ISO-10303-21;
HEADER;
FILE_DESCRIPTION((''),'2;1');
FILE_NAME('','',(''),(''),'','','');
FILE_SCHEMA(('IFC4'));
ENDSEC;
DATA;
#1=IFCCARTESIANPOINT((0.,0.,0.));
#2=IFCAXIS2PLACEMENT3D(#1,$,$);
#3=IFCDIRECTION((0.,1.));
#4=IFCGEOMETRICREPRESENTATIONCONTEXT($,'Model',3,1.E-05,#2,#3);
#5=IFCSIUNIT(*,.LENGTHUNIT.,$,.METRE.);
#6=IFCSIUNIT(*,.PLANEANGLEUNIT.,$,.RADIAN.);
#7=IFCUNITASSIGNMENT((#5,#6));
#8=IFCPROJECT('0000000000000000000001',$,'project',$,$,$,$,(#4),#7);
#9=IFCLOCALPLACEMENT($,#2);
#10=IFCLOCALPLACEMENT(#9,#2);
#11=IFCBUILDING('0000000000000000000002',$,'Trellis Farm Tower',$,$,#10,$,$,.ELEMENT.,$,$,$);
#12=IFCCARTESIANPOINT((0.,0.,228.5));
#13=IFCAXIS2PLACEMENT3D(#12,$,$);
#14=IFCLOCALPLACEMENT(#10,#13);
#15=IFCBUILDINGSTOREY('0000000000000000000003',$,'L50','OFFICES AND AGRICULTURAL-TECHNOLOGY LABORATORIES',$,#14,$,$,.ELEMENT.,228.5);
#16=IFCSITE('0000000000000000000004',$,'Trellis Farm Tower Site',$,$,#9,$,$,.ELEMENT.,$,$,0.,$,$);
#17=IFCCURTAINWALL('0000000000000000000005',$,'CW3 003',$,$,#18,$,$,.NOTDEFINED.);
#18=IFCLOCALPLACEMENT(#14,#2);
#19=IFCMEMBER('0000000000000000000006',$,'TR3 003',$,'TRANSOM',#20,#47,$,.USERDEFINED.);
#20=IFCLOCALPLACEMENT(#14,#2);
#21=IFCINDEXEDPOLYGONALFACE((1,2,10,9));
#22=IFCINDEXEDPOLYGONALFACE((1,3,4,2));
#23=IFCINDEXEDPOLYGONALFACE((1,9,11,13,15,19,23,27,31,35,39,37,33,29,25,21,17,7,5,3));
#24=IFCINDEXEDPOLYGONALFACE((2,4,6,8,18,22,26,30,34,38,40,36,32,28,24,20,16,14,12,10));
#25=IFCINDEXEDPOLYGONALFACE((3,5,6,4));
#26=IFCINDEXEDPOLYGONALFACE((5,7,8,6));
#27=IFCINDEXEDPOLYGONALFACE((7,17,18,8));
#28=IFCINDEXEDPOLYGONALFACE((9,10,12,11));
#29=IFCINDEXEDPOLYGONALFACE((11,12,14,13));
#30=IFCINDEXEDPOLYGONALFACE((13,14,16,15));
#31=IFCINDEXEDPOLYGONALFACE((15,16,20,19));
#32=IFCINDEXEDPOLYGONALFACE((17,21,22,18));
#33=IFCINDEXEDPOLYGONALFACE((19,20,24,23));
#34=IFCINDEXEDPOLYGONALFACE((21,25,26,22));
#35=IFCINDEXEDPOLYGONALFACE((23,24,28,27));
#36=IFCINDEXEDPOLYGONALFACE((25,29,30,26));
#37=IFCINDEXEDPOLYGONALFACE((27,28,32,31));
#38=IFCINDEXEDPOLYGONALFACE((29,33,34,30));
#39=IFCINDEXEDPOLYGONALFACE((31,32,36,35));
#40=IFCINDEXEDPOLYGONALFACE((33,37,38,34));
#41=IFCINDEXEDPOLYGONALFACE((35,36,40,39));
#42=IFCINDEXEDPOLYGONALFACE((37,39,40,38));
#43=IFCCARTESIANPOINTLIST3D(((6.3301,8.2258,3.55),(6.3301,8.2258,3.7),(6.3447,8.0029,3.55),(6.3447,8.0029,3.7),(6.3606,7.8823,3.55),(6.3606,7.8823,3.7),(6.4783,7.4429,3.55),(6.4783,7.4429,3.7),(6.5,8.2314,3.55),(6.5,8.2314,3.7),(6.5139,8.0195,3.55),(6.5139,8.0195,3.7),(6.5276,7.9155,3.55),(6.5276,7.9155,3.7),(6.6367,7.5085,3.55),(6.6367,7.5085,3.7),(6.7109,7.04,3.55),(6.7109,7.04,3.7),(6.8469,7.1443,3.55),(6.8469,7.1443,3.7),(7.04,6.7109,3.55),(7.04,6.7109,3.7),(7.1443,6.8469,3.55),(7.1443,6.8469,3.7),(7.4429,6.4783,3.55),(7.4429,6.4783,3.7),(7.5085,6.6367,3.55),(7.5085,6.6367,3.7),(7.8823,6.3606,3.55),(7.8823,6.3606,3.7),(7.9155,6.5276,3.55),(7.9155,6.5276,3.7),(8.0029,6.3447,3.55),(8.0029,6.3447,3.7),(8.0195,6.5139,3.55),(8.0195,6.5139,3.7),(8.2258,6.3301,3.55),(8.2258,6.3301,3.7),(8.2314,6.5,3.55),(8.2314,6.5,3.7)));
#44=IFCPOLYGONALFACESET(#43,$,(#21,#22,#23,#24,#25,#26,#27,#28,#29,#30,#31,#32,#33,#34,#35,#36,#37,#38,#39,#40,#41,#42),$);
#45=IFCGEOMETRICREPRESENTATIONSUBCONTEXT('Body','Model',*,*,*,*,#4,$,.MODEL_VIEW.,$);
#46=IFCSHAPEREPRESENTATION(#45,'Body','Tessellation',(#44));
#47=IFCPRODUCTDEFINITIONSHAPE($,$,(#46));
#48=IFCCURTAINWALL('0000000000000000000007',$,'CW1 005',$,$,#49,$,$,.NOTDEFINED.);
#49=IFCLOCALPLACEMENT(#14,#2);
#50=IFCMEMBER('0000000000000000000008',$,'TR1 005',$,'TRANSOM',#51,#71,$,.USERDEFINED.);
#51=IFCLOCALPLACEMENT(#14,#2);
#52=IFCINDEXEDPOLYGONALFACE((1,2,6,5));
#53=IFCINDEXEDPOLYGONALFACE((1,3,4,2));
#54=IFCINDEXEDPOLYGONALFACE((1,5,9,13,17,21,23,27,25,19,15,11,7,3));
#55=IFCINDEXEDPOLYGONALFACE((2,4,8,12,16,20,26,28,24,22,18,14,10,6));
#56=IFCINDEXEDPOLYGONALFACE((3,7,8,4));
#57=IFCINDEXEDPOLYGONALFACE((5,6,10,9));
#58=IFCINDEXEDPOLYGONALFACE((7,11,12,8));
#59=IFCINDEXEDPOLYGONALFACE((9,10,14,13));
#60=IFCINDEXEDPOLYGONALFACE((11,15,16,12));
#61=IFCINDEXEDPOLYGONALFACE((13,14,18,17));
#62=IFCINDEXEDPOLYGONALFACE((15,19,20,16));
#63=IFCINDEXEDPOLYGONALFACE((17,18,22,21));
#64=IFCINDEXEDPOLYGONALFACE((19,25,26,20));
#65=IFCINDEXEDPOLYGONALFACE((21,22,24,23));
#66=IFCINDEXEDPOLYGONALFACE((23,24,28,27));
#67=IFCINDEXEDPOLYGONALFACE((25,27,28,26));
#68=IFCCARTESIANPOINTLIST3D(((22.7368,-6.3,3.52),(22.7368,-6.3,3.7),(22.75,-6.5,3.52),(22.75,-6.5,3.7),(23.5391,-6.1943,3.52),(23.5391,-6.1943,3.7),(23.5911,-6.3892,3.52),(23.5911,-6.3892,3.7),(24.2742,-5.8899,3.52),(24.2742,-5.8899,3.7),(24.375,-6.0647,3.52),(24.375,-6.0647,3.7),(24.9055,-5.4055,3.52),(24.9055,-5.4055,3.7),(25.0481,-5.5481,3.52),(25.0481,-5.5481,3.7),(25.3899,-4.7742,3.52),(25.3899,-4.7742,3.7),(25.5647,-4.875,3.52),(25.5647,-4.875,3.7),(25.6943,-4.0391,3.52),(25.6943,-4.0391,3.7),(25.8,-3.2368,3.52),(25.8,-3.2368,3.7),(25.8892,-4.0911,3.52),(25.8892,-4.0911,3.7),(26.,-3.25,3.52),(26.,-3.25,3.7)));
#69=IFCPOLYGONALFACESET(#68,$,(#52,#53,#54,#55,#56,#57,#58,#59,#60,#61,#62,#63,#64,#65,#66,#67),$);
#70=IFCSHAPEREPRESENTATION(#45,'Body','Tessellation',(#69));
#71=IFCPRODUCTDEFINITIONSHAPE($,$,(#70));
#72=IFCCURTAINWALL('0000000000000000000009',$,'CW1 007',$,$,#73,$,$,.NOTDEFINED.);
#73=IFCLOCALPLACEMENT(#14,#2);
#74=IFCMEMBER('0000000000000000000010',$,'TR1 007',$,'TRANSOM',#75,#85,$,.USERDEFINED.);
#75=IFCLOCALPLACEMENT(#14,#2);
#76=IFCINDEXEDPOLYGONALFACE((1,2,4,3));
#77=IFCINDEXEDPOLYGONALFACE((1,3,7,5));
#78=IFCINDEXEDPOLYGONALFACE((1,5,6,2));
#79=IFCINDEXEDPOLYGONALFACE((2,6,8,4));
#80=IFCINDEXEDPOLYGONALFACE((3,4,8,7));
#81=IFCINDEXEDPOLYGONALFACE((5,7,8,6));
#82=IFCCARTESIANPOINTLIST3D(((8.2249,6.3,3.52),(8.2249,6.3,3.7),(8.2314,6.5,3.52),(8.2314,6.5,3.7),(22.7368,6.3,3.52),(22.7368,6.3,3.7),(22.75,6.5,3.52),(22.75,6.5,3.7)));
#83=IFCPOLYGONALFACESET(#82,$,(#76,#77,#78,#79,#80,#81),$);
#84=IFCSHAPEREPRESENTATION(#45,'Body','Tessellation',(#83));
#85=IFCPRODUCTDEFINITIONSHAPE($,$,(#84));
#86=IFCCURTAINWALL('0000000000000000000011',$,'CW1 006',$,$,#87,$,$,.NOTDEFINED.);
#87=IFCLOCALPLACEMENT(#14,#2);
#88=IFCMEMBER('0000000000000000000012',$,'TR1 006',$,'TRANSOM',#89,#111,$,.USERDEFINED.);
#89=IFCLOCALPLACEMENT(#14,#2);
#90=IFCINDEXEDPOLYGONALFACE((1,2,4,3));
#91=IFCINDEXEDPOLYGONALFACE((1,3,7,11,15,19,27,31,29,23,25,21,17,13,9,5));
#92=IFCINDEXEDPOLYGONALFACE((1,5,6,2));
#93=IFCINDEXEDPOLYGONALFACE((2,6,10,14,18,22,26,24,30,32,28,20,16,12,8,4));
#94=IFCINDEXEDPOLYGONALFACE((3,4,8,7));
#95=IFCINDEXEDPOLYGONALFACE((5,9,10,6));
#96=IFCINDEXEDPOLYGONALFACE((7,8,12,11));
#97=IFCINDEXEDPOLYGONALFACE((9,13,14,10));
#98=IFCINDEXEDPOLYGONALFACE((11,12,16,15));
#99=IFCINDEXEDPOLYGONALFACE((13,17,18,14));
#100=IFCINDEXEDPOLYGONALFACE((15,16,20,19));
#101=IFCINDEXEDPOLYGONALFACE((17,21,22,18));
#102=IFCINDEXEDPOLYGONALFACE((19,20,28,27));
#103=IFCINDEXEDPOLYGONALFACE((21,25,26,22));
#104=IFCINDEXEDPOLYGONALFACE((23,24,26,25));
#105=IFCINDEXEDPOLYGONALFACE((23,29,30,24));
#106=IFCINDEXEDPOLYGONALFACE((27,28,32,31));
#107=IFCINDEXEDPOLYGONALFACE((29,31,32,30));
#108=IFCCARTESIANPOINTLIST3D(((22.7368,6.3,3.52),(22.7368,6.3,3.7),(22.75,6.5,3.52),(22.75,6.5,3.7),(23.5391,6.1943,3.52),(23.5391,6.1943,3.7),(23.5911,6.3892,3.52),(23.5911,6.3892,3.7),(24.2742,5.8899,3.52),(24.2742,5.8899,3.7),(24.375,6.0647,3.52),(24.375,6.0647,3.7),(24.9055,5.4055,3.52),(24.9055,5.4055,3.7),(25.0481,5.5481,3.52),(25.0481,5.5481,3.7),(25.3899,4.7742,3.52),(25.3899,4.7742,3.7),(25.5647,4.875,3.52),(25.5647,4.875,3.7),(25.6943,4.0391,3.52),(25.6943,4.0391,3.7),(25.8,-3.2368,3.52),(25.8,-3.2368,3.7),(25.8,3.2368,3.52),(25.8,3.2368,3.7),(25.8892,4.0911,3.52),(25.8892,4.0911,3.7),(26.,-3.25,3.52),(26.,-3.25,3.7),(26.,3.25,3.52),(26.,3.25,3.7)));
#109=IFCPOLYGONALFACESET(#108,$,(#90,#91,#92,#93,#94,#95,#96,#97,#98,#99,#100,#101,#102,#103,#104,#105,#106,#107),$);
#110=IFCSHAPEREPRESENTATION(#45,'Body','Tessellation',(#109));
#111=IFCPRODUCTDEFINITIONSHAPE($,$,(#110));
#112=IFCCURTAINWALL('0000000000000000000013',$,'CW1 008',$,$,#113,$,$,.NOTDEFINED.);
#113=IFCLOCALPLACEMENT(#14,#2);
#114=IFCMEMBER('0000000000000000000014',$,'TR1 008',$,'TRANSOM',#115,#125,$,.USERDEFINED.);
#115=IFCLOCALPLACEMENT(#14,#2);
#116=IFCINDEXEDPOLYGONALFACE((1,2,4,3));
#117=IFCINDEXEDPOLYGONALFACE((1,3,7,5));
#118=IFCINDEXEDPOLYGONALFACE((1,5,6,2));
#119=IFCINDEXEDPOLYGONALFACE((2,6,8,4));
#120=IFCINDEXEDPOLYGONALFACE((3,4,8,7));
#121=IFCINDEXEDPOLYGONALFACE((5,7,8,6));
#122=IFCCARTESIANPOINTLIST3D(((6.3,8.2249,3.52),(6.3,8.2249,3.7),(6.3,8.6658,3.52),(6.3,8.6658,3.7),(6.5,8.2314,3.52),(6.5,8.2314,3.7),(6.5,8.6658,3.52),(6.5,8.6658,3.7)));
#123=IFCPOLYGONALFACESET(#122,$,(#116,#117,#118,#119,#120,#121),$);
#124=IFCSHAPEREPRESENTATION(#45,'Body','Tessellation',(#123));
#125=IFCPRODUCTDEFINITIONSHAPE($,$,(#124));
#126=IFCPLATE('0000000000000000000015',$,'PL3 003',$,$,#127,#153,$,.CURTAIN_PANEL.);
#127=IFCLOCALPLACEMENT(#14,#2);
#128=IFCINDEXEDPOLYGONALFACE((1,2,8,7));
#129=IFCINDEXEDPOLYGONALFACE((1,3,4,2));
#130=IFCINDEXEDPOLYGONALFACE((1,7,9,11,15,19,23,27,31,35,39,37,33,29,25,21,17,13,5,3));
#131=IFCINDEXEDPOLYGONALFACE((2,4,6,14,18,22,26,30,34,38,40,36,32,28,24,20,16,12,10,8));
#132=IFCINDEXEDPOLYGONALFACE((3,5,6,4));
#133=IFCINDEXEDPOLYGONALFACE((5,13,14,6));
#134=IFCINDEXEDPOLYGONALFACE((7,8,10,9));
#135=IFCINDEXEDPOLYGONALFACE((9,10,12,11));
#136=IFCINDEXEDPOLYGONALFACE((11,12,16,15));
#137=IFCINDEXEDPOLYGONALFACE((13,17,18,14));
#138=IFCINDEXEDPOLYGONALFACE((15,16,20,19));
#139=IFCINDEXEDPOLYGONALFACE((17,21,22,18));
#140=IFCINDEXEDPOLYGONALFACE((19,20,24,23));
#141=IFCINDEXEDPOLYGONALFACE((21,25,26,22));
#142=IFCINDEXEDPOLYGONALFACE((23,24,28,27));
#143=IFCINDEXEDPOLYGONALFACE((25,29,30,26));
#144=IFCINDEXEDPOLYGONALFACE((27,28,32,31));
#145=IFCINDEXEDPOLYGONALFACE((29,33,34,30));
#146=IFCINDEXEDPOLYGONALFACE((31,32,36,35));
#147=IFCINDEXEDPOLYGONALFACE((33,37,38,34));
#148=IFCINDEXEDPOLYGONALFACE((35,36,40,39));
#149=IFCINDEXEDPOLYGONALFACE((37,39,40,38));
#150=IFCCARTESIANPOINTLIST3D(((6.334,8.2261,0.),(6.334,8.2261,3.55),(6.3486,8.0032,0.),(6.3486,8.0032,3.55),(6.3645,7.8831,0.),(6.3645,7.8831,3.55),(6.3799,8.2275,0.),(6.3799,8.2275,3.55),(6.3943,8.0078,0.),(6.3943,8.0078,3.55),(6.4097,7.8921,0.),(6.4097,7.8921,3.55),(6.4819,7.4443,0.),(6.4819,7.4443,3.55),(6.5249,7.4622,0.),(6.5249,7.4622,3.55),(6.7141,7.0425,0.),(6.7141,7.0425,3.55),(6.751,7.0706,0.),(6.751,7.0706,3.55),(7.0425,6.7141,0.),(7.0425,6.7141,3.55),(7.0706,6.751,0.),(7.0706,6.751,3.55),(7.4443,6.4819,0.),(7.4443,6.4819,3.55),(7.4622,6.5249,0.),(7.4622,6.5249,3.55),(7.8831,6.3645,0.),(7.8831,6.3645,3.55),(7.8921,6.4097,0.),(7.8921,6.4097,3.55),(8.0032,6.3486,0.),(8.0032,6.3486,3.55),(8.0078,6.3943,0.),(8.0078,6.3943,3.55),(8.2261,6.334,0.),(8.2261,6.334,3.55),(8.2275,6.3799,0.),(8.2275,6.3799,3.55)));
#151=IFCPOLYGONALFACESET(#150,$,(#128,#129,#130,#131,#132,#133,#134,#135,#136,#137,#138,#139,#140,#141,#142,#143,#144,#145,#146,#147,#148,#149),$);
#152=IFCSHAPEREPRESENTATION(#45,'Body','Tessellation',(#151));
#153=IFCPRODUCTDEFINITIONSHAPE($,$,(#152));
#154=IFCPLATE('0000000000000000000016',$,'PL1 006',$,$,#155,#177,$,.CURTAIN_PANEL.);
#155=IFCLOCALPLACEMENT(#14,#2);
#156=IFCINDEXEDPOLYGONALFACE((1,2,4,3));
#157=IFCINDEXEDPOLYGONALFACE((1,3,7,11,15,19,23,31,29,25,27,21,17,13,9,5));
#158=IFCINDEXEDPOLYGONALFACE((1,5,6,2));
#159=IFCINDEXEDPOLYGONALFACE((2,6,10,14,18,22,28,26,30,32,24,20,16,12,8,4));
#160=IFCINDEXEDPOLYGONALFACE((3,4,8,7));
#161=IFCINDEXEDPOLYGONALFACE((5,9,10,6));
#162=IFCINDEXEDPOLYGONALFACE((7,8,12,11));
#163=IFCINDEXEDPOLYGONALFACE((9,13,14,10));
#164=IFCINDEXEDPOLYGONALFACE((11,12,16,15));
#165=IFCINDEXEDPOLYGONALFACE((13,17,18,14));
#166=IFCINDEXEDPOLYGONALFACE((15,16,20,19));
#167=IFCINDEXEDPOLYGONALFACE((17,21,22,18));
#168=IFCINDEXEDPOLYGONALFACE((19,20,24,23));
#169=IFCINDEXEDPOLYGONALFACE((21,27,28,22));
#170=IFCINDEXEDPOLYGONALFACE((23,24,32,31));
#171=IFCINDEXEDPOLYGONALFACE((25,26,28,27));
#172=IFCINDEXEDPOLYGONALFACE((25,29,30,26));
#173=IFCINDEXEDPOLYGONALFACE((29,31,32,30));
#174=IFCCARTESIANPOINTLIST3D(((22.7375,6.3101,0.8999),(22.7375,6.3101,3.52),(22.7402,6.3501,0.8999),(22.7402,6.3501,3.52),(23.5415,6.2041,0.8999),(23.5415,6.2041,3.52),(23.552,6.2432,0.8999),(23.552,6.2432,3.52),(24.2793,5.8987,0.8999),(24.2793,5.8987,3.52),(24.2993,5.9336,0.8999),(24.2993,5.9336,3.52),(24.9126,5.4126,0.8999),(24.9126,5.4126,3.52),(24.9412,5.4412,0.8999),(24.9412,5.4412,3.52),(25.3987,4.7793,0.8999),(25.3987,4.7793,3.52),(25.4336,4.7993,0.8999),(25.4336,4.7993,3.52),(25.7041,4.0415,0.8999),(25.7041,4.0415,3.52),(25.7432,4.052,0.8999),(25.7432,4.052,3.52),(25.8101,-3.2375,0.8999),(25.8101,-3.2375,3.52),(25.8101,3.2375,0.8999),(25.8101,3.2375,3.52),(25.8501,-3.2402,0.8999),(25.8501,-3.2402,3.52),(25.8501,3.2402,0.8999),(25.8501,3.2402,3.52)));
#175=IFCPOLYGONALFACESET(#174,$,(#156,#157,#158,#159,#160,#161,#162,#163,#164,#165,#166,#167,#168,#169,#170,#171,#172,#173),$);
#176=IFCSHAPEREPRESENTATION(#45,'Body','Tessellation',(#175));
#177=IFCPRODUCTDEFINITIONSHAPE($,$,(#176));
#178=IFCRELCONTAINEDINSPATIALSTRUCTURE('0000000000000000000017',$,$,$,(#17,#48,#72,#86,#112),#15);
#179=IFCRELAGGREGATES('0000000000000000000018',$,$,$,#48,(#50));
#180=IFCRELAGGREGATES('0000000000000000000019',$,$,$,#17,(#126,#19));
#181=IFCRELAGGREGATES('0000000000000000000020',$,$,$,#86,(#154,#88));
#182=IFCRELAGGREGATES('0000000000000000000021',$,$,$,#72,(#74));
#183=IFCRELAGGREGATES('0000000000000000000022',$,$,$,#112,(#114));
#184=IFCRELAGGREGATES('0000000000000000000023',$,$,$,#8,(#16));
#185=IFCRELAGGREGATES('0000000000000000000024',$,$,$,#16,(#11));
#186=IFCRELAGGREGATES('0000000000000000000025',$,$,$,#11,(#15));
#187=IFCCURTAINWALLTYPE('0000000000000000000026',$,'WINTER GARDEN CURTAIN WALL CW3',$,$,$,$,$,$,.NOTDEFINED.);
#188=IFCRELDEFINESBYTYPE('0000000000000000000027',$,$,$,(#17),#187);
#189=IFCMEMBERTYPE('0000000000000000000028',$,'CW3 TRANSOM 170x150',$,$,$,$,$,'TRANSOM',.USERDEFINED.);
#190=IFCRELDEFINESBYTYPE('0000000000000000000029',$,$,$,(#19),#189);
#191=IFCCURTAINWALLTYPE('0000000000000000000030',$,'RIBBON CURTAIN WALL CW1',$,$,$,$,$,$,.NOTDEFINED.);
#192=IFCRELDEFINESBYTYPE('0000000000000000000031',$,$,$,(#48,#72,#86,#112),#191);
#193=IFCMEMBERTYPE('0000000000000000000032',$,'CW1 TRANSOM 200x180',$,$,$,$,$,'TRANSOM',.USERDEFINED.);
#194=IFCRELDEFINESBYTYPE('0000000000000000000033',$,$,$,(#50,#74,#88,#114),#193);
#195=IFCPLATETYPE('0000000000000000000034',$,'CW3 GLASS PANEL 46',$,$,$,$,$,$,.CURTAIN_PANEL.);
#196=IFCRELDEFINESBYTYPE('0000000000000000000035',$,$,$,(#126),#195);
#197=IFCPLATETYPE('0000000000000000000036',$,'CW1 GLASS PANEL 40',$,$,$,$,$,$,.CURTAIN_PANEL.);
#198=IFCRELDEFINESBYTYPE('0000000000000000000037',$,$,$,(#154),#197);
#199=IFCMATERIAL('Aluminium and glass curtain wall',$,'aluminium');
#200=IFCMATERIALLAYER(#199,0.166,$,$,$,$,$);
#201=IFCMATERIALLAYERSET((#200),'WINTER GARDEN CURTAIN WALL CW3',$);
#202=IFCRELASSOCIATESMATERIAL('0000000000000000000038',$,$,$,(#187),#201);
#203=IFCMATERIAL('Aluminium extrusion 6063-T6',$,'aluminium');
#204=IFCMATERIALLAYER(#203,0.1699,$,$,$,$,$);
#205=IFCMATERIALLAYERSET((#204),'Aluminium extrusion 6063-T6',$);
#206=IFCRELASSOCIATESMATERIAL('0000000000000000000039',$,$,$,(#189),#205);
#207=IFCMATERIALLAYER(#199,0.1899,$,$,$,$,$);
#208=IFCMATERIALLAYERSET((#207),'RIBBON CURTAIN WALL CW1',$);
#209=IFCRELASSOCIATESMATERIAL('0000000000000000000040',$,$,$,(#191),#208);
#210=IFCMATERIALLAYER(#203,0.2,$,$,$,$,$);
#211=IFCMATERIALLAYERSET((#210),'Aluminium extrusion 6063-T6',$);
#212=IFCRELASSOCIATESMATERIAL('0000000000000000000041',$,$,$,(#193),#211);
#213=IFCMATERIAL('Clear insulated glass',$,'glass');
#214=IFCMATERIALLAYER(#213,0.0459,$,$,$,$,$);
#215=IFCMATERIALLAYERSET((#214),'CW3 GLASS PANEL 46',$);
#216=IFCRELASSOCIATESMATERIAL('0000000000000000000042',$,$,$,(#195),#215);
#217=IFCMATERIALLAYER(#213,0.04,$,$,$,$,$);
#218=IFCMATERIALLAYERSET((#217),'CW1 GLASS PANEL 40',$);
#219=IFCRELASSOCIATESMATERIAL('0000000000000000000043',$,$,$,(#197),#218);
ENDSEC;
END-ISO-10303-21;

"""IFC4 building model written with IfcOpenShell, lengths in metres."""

from ifc_helpers import new_model, si_unit, direction, frame, origin, place, context, subcontext, project, spatial, polyline, outline, extrude, source, transform, mapped, material, layer, layer_set, type_object, element, aggregate, save


model = new_model("IFC4")

# Units and contexts
model_context = context("Model", 3, precision=1e-05, world=origin(), true_north=direction((0.0, 1.0)))
body_context = subcontext(model_context, "Body", "Model", "MODEL_VIEW")
ifc_project = project(units=[si_unit("LENGTHUNIT", "METRE"), si_unit("PLANEANGLEUNIT", "RADIAN")], contexts=[model_context])

# Site, building, storey
site_placement = place(None, origin())
site = spatial("IfcSite", under=ifc_project, at=site_placement, Name="Trellis Farm Tower Site", CompositionType="ELEMENT", RefElevation=0.0)
building_placement = place(site_placement, origin())
building = spatial("IfcBuilding", under=site, at=building_placement, Name="Trellis Farm Tower", CompositionType="ELEMENT")
storey_placement = place(building_placement, frame((0.0, 0.0, 228.5)))
storey = spatial("IfcBuildingStorey", under=building, at=storey_placement, Name="L50", Description="OFFICES AND AGRICULTURAL-TECHNOLOGY LABORATORIES", CompositionType="ELEMENT", Elevation=228.5)

# Curtain walls, members
ifc_material_1 = material(Name="Aluminium and glass curtain wall", Category="aluminium")
ifc_layer_1 = layer(ifc_material_1, 0.166)
ifc_layer_set_1 = layer_set([ifc_layer_1], Name="WINTER GARDEN CURTAIN WALL CW3")
curtain_wall_type_1 = type_object("IfcCurtainWallType", Name="WINTER GARDEN CURTAIN WALL CW3", PredefinedType="NOTDEFINED", material=ifc_layer_set_1)
placement_1 = place(storey_placement, origin())
curtain_wall_1 = element("IfcCurtainWall", 1, at=placement_1, inside=storey, type_object=curtain_wall_type_1, Name="CW3 003", PredefinedType="NOTDEFINED")
ifc_material_2 = material(Name="Aluminium extrusion 6063-T6", Category="aluminium")
ifc_layer_2 = layer(ifc_material_2, 0.1699)
ifc_layer_set_2 = layer_set([ifc_layer_2], Name="Aluminium extrusion 6063-T6")
member_type_1 = type_object("IfcMemberType", Name="CW3 TRANSOM 170x150", ElementType="TRANSOM", PredefinedType="USERDEFINED", material=ifc_layer_set_2)
shared_shape_1 = source(origin(), body_context, "Body", "SweptSolid", [
    extrude(outline(polyline([(8.2314, 6.5), (8.0195, 6.5139), (7.9155, 6.5276), (7.5085, 6.6367), (7.1443, 6.8469), (6.8469, 7.1443), (6.6367, 7.5085), (6.5276, 7.9155), (6.5139, 8.0195), (6.5, 8.2314), (6.3301, 8.2258), (6.3447, 8.0029), (6.3606, 7.8823), (6.4783, 7.4429), (6.7109, 7.04), (7.04, 6.7109), (7.4429, 6.4783), (7.8823, 6.3606), (8.0029, 6.3447), (8.2258, 6.3301), (8.2314, 6.5)])), origin(), (0.0, 0.0, 1.0), 0.1499),
])
member_1_placement = place(storey_placement, frame((0.0, 0.0, 3.55)))
member_1 = element("IfcMember", 2, at=member_1_placement, type_object=member_type_1, Name="TR3 003", ObjectType="TRANSOM", PredefinedType="USERDEFINED", context=body_context, shape_type="MappedRepresentation", body=[
    mapped(shared_shape_1, transform((0.0, 0.0, 0.0))),
])
ifc_layer_3 = layer(ifc_material_1, 0.1899)
ifc_layer_set_3 = layer_set([ifc_layer_3], Name="RIBBON CURTAIN WALL CW1")
curtain_wall_type_2 = type_object("IfcCurtainWallType", Name="RIBBON CURTAIN WALL CW1", PredefinedType="NOTDEFINED", material=ifc_layer_set_3)
curtain_wall_2 = element("IfcCurtainWall", 3, at=placement_1, inside=storey, type_object=curtain_wall_type_2, Name="CW1 005", PredefinedType="NOTDEFINED")
ifc_layer_4 = layer(ifc_material_2, 0.2)
ifc_layer_set_4 = layer_set([ifc_layer_4], Name="Aluminium extrusion 6063-T6")
member_type_2 = type_object("IfcMemberType", Name="CW1 TRANSOM 200x180", ElementType="TRANSOM", PredefinedType="USERDEFINED", material=ifc_layer_set_4)
shared_shape_2 = source(origin(), body_context, "Body", "SweptSolid", [
    extrude(outline(polyline([(22.75, -6.5), (23.5911, -6.3892), (24.375, -6.0647), (25.0481, -5.5481), (25.5647, -4.875), (25.8892, -4.0911), (26.0, -3.25), (25.8, -3.2368), (25.6943, -4.0391), (25.3899, -4.7742), (24.9055, -5.4055), (24.2742, -5.8899), (23.5391, -6.1943), (22.7368, -6.3), (22.75, -6.5)])), origin(), (0.0, 0.0, 1.0), 0.1799),
])
placement_2 = place(storey_placement, frame((0.0, 0.0, 3.52)))
member_2 = element("IfcMember", 4, at=placement_2, type_object=member_type_2, Name="TR1 005", ObjectType="TRANSOM", PredefinedType="USERDEFINED", context=body_context, shape_type="MappedRepresentation", body=[
    mapped(shared_shape_2, transform((0.0, 0.0, 0.0))),
])
aggregate(curtain_wall_2, [member_2])
curtain_wall_3 = element("IfcCurtainWall", 5, at=placement_1, inside=storey, type_object=curtain_wall_type_2, Name="CW1 007", PredefinedType="NOTDEFINED")
shared_shape_3 = source(origin(), body_context, "Body", "SweptSolid", [
    extrude(outline(polyline([(22.75, 6.5), (8.2314, 6.5), (8.2249, 6.3), (22.7368, 6.3), (22.75, 6.5)])), origin(), (0.0, 0.0, 1.0), 0.1799),
])
member_3 = element("IfcMember", 6, at=placement_2, type_object=member_type_2, Name="TR1 007", ObjectType="TRANSOM", PredefinedType="USERDEFINED", context=body_context, shape_type="MappedRepresentation", body=[
    mapped(shared_shape_3, transform((0.0, 0.0, 0.0))),
])
curtain_wall_4 = element("IfcCurtainWall", 7, at=placement_1, inside=storey, type_object=curtain_wall_type_2, Name="CW1 006", PredefinedType="NOTDEFINED")
shared_shape_4 = source(origin(), body_context, "Body", "SweptSolid", [
    extrude(outline(polyline([(26.0, -3.25), (26.0, 3.25), (25.8892, 4.0911), (25.5647, 4.875), (25.0481, 5.5481), (24.375, 6.0647), (23.5911, 6.3892), (22.75, 6.5), (22.7368, 6.3), (23.5391, 6.1943), (24.2742, 5.8899), (24.9055, 5.4055), (25.3899, 4.7742), (25.6943, 4.0391), (25.8, 3.2368), (25.8, -3.2368), (26.0, -3.25)])), origin(), (0.0, 0.0, 1.0), 0.1799),
])
member_4 = element("IfcMember", 8, at=placement_2, type_object=member_type_2, Name="TR1 006", ObjectType="TRANSOM", PredefinedType="USERDEFINED", context=body_context, shape_type="MappedRepresentation", body=[
    mapped(shared_shape_4, transform((0.0, 0.0, 0.0))),
])
curtain_wall_5 = element("IfcCurtainWall", 9, at=placement_1, inside=storey, type_object=curtain_wall_type_2, Name="CW1 008", PredefinedType="NOTDEFINED")
shared_shape_5 = source(origin(), body_context, "Body", "SweptSolid", [
    extrude(outline(polyline([(6.5, 8.2314), (6.5, 8.6658), (6.3, 8.6658), (6.3, 8.2249), (6.5, 8.2314)])), origin(), (0.0, 0.0, 1.0), 0.1799),
])
member_5 = element("IfcMember", 10, at=placement_2, type_object=member_type_2, Name="TR1 008", ObjectType="TRANSOM", PredefinedType="USERDEFINED", context=body_context, shape_type="MappedRepresentation", body=[
    mapped(shared_shape_5, transform((0.0, 0.0, 0.0))),
])

# Plates
ifc_material_3 = material(Name="Clear insulated glass", Category="glass")
ifc_layer_5 = layer(ifc_material_3, 0.0459)
ifc_layer_set_5 = layer_set([ifc_layer_5], Name="CW3 GLASS PANEL 46")
plate_type_1 = type_object("IfcPlateType", Name="CW3 GLASS PANEL 46", PredefinedType="CURTAIN_PANEL", material=ifc_layer_set_5)
shared_shape_6 = source(origin(), body_context, "Body", "SweptSolid", [
    extrude(outline(polyline([(8.2275, 6.3799), (8.0078, 6.3943), (7.8921, 6.4097), (7.4622, 6.5249), (7.0706, 6.751), (6.751, 7.0706), (6.5249, 7.4622), (6.4097, 7.8921), (6.3943, 8.0078), (6.3799, 8.2275), (6.334, 8.2261), (6.3486, 8.0032), (6.3645, 7.8831), (6.4819, 7.4443), (6.7141, 7.0425), (7.0425, 6.7141), (7.4443, 6.4819), (7.8831, 6.3645), (8.0032, 6.3486), (8.2261, 6.334), (8.2275, 6.3799)])), origin(), (0.0, 0.0, 1.0), 3.55),
])
plate_1 = element("IfcPlate", 11, at=placement_1, type_object=plate_type_1, Name="PL3 003", PredefinedType="CURTAIN_PANEL", context=body_context, shape_type="MappedRepresentation", body=[
    mapped(shared_shape_6, transform((0.0, 0.0, 0.0))),
])
aggregate(curtain_wall_1, [plate_1, member_1])
ifc_layer_6 = layer(ifc_material_3, 0.04)
ifc_layer_set_6 = layer_set([ifc_layer_6], Name="CW1 GLASS PANEL 40")
plate_type_2 = type_object("IfcPlateType", Name="CW1 GLASS PANEL 40", PredefinedType="CURTAIN_PANEL", material=ifc_layer_set_6)
shared_shape_7 = source(origin(), body_context, "Body", "SweptSolid", [
    extrude(outline(polyline([(25.8501, -3.2402), (25.8501, 3.2402), (25.7432, 4.052), (25.4336, 4.7993), (24.9412, 5.4412), (24.2993, 5.9336), (23.552, 6.2432), (22.7402, 6.3501), (22.7375, 6.3101), (23.5415, 6.2041), (24.2793, 5.8987), (24.9126, 5.4126), (25.3987, 4.7793), (25.7041, 4.0415), (25.8101, 3.2375), (25.8101, -3.2375), (25.8501, -3.2402)])), origin(), (0.0, 0.0, 1.0), 2.6201),
])
placement_3 = place(storey_placement, frame((0.0, 0.0, 0.8999)))
plate_2 = element("IfcPlate", 12, at=placement_3, type_object=plate_type_2, Name="PL1 006", PredefinedType="CURTAIN_PANEL", context=body_context, shape_type="MappedRepresentation", body=[
    mapped(shared_shape_7, transform((0.0, 0.0, 0.0))),
])
aggregate(curtain_wall_4, [plate_2, member_4])
aggregate(curtain_wall_3, [member_3])
aggregate(curtain_wall_5, [member_5])

save(model, "model.ifc")
